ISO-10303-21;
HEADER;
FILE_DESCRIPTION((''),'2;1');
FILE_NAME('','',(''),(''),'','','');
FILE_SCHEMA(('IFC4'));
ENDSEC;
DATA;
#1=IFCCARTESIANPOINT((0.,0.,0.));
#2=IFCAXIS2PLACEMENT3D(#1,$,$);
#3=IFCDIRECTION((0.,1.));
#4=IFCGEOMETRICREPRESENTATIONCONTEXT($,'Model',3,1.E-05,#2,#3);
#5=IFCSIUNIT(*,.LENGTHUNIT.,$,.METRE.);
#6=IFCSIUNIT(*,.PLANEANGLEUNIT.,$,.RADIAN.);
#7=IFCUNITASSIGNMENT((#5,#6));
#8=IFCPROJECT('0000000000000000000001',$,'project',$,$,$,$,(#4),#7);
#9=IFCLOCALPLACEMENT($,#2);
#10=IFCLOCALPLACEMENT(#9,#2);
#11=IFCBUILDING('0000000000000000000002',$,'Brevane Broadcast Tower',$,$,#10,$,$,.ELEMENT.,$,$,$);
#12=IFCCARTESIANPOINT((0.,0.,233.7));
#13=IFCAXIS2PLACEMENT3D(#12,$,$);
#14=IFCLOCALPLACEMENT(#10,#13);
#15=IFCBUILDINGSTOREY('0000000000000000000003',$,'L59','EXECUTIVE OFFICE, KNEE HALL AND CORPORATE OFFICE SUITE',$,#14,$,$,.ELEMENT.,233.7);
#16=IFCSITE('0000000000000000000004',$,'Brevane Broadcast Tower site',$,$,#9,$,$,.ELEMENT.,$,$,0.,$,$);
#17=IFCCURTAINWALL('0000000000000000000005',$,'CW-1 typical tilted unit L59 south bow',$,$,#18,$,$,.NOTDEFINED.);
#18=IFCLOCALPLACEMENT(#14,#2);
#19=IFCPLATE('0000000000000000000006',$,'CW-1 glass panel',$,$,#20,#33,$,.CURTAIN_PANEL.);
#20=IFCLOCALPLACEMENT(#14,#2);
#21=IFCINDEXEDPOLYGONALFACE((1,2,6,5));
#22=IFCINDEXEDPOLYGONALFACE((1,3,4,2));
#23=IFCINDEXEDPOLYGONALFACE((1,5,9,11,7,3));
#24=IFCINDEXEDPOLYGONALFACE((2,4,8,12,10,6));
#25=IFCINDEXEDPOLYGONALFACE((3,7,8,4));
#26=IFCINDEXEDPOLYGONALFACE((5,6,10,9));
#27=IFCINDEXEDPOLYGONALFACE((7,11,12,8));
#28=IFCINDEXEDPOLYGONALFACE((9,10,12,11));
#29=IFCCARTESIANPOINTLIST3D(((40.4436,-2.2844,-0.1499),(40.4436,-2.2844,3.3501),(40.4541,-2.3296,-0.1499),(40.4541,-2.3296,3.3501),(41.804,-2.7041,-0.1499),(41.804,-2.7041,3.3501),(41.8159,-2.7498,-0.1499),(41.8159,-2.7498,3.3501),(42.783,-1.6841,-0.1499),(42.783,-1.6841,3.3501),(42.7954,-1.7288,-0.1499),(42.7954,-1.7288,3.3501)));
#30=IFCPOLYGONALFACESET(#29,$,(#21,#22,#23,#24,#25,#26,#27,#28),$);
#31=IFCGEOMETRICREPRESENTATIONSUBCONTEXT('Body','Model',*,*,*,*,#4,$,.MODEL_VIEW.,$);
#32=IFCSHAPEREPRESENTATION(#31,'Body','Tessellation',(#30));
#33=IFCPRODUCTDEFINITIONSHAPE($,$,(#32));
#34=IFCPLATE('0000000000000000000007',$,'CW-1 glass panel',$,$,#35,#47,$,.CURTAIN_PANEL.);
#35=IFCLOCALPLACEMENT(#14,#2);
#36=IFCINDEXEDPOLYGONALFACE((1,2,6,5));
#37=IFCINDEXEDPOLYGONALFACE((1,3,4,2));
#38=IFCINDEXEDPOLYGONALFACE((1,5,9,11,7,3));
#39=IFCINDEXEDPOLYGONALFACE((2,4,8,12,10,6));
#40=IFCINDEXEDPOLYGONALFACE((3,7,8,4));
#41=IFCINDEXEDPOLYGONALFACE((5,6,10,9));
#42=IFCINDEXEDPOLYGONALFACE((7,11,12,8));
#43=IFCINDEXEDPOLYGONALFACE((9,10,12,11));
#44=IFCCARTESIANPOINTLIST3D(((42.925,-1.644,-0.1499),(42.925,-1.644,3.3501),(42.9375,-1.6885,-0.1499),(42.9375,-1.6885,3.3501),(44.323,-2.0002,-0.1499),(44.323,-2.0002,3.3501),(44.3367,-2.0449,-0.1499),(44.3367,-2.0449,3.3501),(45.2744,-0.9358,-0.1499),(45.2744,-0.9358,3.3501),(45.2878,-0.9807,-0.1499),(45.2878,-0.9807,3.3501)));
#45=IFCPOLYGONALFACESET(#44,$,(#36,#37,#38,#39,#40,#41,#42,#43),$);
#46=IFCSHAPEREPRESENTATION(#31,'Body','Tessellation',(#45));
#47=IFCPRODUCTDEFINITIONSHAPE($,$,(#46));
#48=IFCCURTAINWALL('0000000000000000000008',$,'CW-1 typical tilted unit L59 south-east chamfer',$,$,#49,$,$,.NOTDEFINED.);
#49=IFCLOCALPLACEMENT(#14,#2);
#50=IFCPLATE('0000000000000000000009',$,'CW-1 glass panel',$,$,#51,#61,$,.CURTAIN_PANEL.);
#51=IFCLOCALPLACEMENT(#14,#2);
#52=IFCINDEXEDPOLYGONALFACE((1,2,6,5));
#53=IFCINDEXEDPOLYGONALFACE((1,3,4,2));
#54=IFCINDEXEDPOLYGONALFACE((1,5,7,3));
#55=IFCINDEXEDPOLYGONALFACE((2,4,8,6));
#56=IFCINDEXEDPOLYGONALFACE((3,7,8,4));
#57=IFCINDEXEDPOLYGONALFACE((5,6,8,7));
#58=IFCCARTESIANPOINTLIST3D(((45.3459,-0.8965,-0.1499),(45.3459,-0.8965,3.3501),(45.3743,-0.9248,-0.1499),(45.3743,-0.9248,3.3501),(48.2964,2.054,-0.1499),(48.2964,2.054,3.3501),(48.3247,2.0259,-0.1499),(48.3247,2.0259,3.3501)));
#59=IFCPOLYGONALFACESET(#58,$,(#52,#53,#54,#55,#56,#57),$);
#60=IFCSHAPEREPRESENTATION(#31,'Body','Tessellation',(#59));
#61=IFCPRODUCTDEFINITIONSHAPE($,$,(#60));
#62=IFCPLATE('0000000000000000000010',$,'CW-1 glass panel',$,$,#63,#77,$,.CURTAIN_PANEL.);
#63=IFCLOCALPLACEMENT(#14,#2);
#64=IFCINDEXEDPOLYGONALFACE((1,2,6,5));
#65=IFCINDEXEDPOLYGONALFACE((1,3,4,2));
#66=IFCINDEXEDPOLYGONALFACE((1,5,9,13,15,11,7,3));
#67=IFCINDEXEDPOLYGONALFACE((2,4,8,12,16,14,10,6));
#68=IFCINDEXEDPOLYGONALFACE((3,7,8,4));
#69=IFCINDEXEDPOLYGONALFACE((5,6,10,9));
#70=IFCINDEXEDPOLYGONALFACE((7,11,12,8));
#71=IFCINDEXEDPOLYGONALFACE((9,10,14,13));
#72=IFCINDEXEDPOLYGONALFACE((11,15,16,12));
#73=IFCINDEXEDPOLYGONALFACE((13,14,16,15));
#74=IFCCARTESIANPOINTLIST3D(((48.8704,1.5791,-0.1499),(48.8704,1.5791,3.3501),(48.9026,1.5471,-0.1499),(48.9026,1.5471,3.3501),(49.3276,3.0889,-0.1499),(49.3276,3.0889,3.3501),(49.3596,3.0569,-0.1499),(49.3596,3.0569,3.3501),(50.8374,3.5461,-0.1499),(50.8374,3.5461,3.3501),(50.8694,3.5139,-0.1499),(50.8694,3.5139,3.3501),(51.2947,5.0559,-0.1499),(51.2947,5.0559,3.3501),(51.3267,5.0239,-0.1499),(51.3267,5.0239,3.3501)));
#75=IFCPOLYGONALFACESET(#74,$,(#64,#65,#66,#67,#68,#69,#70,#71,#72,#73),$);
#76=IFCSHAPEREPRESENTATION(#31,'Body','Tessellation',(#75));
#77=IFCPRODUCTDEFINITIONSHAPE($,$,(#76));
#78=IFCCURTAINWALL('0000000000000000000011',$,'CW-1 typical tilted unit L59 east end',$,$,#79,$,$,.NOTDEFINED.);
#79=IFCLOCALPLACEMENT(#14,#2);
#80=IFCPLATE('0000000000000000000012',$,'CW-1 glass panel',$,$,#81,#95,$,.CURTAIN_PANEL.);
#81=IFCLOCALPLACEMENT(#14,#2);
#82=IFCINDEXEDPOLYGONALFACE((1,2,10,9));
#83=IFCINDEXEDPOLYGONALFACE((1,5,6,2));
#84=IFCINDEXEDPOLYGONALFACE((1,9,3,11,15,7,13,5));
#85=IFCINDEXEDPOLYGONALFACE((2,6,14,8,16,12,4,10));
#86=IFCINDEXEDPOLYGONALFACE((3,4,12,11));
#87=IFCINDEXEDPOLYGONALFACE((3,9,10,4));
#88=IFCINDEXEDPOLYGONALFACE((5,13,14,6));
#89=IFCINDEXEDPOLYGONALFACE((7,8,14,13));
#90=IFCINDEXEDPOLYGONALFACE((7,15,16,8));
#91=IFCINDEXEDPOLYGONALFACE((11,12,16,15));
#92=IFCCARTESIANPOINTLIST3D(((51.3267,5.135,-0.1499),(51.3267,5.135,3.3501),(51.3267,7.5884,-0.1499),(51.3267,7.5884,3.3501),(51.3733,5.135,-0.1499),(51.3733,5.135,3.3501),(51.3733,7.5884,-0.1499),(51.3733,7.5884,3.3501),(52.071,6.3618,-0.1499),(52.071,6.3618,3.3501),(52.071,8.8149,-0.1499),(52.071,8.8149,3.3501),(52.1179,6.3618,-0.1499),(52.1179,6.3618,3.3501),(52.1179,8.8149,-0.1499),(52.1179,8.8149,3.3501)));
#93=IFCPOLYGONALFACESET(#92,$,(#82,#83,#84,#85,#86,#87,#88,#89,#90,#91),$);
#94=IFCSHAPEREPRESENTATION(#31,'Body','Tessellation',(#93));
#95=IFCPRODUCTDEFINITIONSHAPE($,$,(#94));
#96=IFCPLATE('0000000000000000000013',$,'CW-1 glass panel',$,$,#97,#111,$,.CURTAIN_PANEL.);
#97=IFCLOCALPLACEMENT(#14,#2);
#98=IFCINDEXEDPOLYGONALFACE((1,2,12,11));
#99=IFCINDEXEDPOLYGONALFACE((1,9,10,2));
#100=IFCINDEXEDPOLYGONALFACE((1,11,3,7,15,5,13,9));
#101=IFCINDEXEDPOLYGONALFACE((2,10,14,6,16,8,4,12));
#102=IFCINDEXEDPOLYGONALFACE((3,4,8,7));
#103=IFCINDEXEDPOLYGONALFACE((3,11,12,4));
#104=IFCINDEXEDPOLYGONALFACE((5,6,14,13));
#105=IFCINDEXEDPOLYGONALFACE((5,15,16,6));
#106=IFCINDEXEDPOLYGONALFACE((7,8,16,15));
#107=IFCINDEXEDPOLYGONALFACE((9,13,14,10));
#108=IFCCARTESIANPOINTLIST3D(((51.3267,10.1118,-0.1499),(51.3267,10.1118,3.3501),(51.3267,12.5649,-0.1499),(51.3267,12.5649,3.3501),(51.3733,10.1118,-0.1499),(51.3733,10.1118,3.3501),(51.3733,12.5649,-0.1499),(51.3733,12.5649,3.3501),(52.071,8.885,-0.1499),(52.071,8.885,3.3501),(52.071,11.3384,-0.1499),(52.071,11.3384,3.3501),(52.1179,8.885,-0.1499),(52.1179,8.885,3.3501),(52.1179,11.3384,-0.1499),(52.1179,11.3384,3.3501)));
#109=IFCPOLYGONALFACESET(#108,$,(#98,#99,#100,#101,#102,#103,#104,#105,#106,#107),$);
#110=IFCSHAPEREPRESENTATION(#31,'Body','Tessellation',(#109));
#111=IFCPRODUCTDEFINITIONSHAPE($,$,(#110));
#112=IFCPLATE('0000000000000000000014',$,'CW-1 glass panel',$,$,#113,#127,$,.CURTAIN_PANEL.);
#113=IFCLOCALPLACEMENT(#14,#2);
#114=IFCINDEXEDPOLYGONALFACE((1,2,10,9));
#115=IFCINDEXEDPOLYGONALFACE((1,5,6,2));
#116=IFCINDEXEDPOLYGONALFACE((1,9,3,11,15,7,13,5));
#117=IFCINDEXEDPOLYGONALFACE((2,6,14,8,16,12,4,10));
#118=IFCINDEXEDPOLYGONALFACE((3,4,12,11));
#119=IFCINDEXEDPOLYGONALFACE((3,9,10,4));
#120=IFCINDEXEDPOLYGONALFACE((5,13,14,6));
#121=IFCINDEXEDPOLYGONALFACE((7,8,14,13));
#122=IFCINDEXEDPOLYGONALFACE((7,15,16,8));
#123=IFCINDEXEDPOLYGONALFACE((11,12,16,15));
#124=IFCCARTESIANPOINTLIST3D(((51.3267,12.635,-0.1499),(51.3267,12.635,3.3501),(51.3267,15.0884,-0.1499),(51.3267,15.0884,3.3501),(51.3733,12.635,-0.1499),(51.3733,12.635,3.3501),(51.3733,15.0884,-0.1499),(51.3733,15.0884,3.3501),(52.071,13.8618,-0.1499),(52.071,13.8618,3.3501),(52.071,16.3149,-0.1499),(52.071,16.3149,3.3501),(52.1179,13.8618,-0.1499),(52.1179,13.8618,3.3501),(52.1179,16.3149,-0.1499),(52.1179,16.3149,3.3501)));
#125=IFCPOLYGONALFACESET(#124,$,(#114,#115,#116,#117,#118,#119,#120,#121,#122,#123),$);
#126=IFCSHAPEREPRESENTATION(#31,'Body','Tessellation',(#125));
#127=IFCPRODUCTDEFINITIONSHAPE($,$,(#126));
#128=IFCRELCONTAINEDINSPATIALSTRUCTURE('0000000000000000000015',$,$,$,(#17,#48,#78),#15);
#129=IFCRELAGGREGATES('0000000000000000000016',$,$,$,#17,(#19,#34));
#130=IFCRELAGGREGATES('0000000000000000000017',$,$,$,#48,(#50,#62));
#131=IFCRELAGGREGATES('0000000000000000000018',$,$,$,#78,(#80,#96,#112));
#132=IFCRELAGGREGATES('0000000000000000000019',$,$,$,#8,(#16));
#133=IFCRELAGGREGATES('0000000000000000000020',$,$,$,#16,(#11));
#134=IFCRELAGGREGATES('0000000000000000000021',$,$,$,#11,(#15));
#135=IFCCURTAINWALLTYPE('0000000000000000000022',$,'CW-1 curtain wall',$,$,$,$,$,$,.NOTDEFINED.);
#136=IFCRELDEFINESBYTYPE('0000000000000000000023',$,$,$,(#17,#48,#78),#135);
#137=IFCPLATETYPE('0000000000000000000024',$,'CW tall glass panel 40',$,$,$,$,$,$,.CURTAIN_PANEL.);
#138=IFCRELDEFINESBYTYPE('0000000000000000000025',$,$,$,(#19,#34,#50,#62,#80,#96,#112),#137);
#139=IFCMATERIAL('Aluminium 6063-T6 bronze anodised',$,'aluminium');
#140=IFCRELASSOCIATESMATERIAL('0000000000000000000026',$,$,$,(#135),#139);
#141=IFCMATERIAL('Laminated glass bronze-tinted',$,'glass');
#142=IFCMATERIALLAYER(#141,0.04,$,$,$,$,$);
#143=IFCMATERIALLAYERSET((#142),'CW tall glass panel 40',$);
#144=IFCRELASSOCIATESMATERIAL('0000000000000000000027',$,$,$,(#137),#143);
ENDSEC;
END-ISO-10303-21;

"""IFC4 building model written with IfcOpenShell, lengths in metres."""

from ifc_helpers import new_model, si_unit, direction, frame, origin, place, context, subcontext, project, spatial, polyline, outline, extrude, material, layer, layer_set, type_object, element, aggregate, save


model = new_model("IFC4")

# Units and contexts
model_context = context("Model", 3, precision=1e-05, world=origin(), true_north=direction((0.0, 1.0)))
body_context = subcontext(model_context, "Body", "Model", "MODEL_VIEW")
ifc_project = project(units=[si_unit("LENGTHUNIT", "METRE"), si_unit("PLANEANGLEUNIT", "RADIAN")], contexts=[model_context])

# Site, building, storey
site_placement = place(None, origin())
site = spatial("IfcSite", under=ifc_project, at=site_placement, Name="Brevane Broadcast Tower site", CompositionType="ELEMENT", RefElevation=0.0)
building_placement = place(site_placement, origin())
building = spatial("IfcBuilding", under=site, at=building_placement, Name="Brevane Broadcast Tower", CompositionType="ELEMENT")
storey_placement = place(building_placement, frame((0.0, 0.0, 233.7)))
storey = spatial("IfcBuildingStorey", under=building, at=storey_placement, Name="L59", Description="EXECUTIVE OFFICE, KNEE HALL AND CORPORATE OFFICE SUITE", CompositionType="ELEMENT", Elevation=233.7)

# Curtain walls, plates
ifc_material_1 = material(Name="Aluminium 6063-T6 bronze anodised", Category="aluminium")
curtain_wall_type = type_object("IfcCurtainWallType", Name="CW-1 curtain wall", PredefinedType="NOTDEFINED", material=ifc_material_1)
curtain_wall_1_placement = place(storey_placement, origin())
curtain_wall_1 = element("IfcCurtainWall", 1, at=curtain_wall_1_placement, inside=storey, type_object=curtain_wall_type, Name="CW-1 typical tilted unit L59 south bow", PredefinedType="NOTDEFINED")
ifc_material_2 = material(Name="Laminated glass bronze-tinted", Category="glass")
ifc_layer = layer(ifc_material_2, 0.04)
ifc_layer_set = layer_set([ifc_layer], Name="CW tall glass panel 40")
plate_type = type_object("IfcPlateType", Name="CW tall glass panel 40", PredefinedType="CURTAIN_PANEL", material=ifc_layer_set)
plate_1_placement = place(storey_placement, frame((0.0, 0.0, -0.1499)))
plate_1 = element("IfcPlate", 2, at=plate_1_placement, type_object=plate_type, Name="CW-1 glass panel", PredefinedType="CURTAIN_PANEL", context=body_context, shape_type="SweptSolid", body=[
    extrude(outline(polyline([(40.4436, -2.2844), (40.4541, -2.3296), (41.8159, -2.7498), (42.7954, -1.7288), (42.783, -1.6841), (41.804, -2.7041), (40.4436, -2.2844)])), origin(), (0.0, 0.0, 1.0), 3.5),
])
plate_2_placement = place(storey_placement, frame((0.0, 0.0, -0.1499)))
plate_2 = element("IfcPlate", 3, at=plate_2_placement, type_object=plate_type, Name="CW-1 glass panel", PredefinedType="CURTAIN_PANEL", context=body_context, shape_type="SweptSolid", body=[
    extrude(outline(polyline([(42.925, -1.644), (42.9375, -1.6885), (44.3367, -2.0449), (45.2878, -0.9807), (45.2744, -0.9358), (44.323, -2.0002), (42.925, -1.644)])), origin(), (0.0, 0.0, 1.0), 3.5),
])
aggregate(curtain_wall_1, [plate_1, plate_2])
curtain_wall_2_placement = place(storey_placement, origin())
curtain_wall_2 = element("IfcCurtainWall", 4, at=curtain_wall_2_placement, inside=storey, type_object=curtain_wall_type, Name="CW-1 typical tilted unit L59 south-east chamfer", PredefinedType="NOTDEFINED")
plate_3_placement = place(storey_placement, frame((0.0, 0.0, -0.1499)))
plate_3 = element("IfcPlate", 5, at=plate_3_placement, type_object=plate_type, Name="CW-1 glass panel", PredefinedType="CURTAIN_PANEL", context=body_context, shape_type="SweptSolid", body=[
    extrude(outline(polyline([(45.3459, -0.8965), (48.2964, 2.054), (48.3247, 2.0259), (45.3743, -0.9248), (45.3459, -0.8965)])), origin(), (0.0, 0.0, 1.0), 3.5),
])
plate_4_placement = place(storey_placement, frame((0.0, 0.0, -0.1499)))
plate_4 = element("IfcPlate", 6, at=plate_4_placement, type_object=plate_type, Name="CW-1 glass panel", PredefinedType="CURTAIN_PANEL", context=body_context, shape_type="SweptSolid", body=[
    extrude(outline(polyline([(48.8704, 1.5791), (48.9026, 1.5471), (49.3596, 3.0569), (50.8694, 3.5139), (51.3267, 5.0239), (51.2947, 5.0559), (50.8374, 3.5461), (49.3276, 3.0889), (48.8704, 1.5791)])), origin(), (0.0, 0.0, 1.0), 3.5),
])
aggregate(curtain_wall_2, [plate_3, plate_4])
curtain_wall_3_placement = place(storey_placement, origin())
curtain_wall_3 = element("IfcCurtainWall", 7, at=curtain_wall_3_placement, inside=storey, type_object=curtain_wall_type, Name="CW-1 typical tilted unit L59 east end", PredefinedType="NOTDEFINED")
plate_5_placement = place(storey_placement, frame((0.0, 0.0, -0.1499)))
plate_5 = element("IfcPlate", 8, at=plate_5_placement, type_object=plate_type, Name="CW-1 glass panel", PredefinedType="CURTAIN_PANEL", context=body_context, shape_type="SweptSolid", body=[
    extrude(outline(polyline([(51.3267, 5.135), (51.3733, 5.135), (52.1179, 6.3618), (51.3733, 7.5884), (52.1179, 8.8149), (52.071, 8.8149), (51.3267, 7.5884), (52.071, 6.3618), (51.3267, 5.135)])), origin(), (0.0, 0.0, 1.0), 3.5),
])
plate_6_placement = place(storey_placement, frame((0.0, 0.0, -0.1499)))
plate_6 = element("IfcPlate", 9, at=plate_6_placement, type_object=plate_type, Name="CW-1 glass panel", PredefinedType="CURTAIN_PANEL", context=body_context, shape_type="SweptSolid", body=[
    extrude(outline(polyline([(52.071, 8.885), (52.1179, 8.885), (51.3733, 10.1118), (52.1179, 11.3384), (51.3733, 12.5649), (51.3267, 12.5649), (52.071, 11.3384), (51.3267, 10.1118), (52.071, 8.885)])), origin(), (0.0, 0.0, 1.0), 3.5),
])
plate_7_placement = place(storey_placement, frame((0.0, 0.0, -0.1499)))
plate_7 = element("IfcPlate", 10, at=plate_7_placement, type_object=plate_type, Name="CW-1 glass panel", PredefinedType="CURTAIN_PANEL", context=body_context, shape_type="SweptSolid", body=[
    extrude(outline(polyline([(51.3267, 12.635), (51.3733, 12.635), (52.1179, 13.8618), (51.3733, 15.0884), (52.1179, 16.3149), (52.071, 16.3149), (51.3267, 15.0884), (52.071, 13.8618), (51.3267, 12.635)])), origin(), (0.0, 0.0, 1.0), 3.5),
])
aggregate(curtain_wall_3, [plate_5, plate_6, plate_7])

save(model, "model.ifc")
